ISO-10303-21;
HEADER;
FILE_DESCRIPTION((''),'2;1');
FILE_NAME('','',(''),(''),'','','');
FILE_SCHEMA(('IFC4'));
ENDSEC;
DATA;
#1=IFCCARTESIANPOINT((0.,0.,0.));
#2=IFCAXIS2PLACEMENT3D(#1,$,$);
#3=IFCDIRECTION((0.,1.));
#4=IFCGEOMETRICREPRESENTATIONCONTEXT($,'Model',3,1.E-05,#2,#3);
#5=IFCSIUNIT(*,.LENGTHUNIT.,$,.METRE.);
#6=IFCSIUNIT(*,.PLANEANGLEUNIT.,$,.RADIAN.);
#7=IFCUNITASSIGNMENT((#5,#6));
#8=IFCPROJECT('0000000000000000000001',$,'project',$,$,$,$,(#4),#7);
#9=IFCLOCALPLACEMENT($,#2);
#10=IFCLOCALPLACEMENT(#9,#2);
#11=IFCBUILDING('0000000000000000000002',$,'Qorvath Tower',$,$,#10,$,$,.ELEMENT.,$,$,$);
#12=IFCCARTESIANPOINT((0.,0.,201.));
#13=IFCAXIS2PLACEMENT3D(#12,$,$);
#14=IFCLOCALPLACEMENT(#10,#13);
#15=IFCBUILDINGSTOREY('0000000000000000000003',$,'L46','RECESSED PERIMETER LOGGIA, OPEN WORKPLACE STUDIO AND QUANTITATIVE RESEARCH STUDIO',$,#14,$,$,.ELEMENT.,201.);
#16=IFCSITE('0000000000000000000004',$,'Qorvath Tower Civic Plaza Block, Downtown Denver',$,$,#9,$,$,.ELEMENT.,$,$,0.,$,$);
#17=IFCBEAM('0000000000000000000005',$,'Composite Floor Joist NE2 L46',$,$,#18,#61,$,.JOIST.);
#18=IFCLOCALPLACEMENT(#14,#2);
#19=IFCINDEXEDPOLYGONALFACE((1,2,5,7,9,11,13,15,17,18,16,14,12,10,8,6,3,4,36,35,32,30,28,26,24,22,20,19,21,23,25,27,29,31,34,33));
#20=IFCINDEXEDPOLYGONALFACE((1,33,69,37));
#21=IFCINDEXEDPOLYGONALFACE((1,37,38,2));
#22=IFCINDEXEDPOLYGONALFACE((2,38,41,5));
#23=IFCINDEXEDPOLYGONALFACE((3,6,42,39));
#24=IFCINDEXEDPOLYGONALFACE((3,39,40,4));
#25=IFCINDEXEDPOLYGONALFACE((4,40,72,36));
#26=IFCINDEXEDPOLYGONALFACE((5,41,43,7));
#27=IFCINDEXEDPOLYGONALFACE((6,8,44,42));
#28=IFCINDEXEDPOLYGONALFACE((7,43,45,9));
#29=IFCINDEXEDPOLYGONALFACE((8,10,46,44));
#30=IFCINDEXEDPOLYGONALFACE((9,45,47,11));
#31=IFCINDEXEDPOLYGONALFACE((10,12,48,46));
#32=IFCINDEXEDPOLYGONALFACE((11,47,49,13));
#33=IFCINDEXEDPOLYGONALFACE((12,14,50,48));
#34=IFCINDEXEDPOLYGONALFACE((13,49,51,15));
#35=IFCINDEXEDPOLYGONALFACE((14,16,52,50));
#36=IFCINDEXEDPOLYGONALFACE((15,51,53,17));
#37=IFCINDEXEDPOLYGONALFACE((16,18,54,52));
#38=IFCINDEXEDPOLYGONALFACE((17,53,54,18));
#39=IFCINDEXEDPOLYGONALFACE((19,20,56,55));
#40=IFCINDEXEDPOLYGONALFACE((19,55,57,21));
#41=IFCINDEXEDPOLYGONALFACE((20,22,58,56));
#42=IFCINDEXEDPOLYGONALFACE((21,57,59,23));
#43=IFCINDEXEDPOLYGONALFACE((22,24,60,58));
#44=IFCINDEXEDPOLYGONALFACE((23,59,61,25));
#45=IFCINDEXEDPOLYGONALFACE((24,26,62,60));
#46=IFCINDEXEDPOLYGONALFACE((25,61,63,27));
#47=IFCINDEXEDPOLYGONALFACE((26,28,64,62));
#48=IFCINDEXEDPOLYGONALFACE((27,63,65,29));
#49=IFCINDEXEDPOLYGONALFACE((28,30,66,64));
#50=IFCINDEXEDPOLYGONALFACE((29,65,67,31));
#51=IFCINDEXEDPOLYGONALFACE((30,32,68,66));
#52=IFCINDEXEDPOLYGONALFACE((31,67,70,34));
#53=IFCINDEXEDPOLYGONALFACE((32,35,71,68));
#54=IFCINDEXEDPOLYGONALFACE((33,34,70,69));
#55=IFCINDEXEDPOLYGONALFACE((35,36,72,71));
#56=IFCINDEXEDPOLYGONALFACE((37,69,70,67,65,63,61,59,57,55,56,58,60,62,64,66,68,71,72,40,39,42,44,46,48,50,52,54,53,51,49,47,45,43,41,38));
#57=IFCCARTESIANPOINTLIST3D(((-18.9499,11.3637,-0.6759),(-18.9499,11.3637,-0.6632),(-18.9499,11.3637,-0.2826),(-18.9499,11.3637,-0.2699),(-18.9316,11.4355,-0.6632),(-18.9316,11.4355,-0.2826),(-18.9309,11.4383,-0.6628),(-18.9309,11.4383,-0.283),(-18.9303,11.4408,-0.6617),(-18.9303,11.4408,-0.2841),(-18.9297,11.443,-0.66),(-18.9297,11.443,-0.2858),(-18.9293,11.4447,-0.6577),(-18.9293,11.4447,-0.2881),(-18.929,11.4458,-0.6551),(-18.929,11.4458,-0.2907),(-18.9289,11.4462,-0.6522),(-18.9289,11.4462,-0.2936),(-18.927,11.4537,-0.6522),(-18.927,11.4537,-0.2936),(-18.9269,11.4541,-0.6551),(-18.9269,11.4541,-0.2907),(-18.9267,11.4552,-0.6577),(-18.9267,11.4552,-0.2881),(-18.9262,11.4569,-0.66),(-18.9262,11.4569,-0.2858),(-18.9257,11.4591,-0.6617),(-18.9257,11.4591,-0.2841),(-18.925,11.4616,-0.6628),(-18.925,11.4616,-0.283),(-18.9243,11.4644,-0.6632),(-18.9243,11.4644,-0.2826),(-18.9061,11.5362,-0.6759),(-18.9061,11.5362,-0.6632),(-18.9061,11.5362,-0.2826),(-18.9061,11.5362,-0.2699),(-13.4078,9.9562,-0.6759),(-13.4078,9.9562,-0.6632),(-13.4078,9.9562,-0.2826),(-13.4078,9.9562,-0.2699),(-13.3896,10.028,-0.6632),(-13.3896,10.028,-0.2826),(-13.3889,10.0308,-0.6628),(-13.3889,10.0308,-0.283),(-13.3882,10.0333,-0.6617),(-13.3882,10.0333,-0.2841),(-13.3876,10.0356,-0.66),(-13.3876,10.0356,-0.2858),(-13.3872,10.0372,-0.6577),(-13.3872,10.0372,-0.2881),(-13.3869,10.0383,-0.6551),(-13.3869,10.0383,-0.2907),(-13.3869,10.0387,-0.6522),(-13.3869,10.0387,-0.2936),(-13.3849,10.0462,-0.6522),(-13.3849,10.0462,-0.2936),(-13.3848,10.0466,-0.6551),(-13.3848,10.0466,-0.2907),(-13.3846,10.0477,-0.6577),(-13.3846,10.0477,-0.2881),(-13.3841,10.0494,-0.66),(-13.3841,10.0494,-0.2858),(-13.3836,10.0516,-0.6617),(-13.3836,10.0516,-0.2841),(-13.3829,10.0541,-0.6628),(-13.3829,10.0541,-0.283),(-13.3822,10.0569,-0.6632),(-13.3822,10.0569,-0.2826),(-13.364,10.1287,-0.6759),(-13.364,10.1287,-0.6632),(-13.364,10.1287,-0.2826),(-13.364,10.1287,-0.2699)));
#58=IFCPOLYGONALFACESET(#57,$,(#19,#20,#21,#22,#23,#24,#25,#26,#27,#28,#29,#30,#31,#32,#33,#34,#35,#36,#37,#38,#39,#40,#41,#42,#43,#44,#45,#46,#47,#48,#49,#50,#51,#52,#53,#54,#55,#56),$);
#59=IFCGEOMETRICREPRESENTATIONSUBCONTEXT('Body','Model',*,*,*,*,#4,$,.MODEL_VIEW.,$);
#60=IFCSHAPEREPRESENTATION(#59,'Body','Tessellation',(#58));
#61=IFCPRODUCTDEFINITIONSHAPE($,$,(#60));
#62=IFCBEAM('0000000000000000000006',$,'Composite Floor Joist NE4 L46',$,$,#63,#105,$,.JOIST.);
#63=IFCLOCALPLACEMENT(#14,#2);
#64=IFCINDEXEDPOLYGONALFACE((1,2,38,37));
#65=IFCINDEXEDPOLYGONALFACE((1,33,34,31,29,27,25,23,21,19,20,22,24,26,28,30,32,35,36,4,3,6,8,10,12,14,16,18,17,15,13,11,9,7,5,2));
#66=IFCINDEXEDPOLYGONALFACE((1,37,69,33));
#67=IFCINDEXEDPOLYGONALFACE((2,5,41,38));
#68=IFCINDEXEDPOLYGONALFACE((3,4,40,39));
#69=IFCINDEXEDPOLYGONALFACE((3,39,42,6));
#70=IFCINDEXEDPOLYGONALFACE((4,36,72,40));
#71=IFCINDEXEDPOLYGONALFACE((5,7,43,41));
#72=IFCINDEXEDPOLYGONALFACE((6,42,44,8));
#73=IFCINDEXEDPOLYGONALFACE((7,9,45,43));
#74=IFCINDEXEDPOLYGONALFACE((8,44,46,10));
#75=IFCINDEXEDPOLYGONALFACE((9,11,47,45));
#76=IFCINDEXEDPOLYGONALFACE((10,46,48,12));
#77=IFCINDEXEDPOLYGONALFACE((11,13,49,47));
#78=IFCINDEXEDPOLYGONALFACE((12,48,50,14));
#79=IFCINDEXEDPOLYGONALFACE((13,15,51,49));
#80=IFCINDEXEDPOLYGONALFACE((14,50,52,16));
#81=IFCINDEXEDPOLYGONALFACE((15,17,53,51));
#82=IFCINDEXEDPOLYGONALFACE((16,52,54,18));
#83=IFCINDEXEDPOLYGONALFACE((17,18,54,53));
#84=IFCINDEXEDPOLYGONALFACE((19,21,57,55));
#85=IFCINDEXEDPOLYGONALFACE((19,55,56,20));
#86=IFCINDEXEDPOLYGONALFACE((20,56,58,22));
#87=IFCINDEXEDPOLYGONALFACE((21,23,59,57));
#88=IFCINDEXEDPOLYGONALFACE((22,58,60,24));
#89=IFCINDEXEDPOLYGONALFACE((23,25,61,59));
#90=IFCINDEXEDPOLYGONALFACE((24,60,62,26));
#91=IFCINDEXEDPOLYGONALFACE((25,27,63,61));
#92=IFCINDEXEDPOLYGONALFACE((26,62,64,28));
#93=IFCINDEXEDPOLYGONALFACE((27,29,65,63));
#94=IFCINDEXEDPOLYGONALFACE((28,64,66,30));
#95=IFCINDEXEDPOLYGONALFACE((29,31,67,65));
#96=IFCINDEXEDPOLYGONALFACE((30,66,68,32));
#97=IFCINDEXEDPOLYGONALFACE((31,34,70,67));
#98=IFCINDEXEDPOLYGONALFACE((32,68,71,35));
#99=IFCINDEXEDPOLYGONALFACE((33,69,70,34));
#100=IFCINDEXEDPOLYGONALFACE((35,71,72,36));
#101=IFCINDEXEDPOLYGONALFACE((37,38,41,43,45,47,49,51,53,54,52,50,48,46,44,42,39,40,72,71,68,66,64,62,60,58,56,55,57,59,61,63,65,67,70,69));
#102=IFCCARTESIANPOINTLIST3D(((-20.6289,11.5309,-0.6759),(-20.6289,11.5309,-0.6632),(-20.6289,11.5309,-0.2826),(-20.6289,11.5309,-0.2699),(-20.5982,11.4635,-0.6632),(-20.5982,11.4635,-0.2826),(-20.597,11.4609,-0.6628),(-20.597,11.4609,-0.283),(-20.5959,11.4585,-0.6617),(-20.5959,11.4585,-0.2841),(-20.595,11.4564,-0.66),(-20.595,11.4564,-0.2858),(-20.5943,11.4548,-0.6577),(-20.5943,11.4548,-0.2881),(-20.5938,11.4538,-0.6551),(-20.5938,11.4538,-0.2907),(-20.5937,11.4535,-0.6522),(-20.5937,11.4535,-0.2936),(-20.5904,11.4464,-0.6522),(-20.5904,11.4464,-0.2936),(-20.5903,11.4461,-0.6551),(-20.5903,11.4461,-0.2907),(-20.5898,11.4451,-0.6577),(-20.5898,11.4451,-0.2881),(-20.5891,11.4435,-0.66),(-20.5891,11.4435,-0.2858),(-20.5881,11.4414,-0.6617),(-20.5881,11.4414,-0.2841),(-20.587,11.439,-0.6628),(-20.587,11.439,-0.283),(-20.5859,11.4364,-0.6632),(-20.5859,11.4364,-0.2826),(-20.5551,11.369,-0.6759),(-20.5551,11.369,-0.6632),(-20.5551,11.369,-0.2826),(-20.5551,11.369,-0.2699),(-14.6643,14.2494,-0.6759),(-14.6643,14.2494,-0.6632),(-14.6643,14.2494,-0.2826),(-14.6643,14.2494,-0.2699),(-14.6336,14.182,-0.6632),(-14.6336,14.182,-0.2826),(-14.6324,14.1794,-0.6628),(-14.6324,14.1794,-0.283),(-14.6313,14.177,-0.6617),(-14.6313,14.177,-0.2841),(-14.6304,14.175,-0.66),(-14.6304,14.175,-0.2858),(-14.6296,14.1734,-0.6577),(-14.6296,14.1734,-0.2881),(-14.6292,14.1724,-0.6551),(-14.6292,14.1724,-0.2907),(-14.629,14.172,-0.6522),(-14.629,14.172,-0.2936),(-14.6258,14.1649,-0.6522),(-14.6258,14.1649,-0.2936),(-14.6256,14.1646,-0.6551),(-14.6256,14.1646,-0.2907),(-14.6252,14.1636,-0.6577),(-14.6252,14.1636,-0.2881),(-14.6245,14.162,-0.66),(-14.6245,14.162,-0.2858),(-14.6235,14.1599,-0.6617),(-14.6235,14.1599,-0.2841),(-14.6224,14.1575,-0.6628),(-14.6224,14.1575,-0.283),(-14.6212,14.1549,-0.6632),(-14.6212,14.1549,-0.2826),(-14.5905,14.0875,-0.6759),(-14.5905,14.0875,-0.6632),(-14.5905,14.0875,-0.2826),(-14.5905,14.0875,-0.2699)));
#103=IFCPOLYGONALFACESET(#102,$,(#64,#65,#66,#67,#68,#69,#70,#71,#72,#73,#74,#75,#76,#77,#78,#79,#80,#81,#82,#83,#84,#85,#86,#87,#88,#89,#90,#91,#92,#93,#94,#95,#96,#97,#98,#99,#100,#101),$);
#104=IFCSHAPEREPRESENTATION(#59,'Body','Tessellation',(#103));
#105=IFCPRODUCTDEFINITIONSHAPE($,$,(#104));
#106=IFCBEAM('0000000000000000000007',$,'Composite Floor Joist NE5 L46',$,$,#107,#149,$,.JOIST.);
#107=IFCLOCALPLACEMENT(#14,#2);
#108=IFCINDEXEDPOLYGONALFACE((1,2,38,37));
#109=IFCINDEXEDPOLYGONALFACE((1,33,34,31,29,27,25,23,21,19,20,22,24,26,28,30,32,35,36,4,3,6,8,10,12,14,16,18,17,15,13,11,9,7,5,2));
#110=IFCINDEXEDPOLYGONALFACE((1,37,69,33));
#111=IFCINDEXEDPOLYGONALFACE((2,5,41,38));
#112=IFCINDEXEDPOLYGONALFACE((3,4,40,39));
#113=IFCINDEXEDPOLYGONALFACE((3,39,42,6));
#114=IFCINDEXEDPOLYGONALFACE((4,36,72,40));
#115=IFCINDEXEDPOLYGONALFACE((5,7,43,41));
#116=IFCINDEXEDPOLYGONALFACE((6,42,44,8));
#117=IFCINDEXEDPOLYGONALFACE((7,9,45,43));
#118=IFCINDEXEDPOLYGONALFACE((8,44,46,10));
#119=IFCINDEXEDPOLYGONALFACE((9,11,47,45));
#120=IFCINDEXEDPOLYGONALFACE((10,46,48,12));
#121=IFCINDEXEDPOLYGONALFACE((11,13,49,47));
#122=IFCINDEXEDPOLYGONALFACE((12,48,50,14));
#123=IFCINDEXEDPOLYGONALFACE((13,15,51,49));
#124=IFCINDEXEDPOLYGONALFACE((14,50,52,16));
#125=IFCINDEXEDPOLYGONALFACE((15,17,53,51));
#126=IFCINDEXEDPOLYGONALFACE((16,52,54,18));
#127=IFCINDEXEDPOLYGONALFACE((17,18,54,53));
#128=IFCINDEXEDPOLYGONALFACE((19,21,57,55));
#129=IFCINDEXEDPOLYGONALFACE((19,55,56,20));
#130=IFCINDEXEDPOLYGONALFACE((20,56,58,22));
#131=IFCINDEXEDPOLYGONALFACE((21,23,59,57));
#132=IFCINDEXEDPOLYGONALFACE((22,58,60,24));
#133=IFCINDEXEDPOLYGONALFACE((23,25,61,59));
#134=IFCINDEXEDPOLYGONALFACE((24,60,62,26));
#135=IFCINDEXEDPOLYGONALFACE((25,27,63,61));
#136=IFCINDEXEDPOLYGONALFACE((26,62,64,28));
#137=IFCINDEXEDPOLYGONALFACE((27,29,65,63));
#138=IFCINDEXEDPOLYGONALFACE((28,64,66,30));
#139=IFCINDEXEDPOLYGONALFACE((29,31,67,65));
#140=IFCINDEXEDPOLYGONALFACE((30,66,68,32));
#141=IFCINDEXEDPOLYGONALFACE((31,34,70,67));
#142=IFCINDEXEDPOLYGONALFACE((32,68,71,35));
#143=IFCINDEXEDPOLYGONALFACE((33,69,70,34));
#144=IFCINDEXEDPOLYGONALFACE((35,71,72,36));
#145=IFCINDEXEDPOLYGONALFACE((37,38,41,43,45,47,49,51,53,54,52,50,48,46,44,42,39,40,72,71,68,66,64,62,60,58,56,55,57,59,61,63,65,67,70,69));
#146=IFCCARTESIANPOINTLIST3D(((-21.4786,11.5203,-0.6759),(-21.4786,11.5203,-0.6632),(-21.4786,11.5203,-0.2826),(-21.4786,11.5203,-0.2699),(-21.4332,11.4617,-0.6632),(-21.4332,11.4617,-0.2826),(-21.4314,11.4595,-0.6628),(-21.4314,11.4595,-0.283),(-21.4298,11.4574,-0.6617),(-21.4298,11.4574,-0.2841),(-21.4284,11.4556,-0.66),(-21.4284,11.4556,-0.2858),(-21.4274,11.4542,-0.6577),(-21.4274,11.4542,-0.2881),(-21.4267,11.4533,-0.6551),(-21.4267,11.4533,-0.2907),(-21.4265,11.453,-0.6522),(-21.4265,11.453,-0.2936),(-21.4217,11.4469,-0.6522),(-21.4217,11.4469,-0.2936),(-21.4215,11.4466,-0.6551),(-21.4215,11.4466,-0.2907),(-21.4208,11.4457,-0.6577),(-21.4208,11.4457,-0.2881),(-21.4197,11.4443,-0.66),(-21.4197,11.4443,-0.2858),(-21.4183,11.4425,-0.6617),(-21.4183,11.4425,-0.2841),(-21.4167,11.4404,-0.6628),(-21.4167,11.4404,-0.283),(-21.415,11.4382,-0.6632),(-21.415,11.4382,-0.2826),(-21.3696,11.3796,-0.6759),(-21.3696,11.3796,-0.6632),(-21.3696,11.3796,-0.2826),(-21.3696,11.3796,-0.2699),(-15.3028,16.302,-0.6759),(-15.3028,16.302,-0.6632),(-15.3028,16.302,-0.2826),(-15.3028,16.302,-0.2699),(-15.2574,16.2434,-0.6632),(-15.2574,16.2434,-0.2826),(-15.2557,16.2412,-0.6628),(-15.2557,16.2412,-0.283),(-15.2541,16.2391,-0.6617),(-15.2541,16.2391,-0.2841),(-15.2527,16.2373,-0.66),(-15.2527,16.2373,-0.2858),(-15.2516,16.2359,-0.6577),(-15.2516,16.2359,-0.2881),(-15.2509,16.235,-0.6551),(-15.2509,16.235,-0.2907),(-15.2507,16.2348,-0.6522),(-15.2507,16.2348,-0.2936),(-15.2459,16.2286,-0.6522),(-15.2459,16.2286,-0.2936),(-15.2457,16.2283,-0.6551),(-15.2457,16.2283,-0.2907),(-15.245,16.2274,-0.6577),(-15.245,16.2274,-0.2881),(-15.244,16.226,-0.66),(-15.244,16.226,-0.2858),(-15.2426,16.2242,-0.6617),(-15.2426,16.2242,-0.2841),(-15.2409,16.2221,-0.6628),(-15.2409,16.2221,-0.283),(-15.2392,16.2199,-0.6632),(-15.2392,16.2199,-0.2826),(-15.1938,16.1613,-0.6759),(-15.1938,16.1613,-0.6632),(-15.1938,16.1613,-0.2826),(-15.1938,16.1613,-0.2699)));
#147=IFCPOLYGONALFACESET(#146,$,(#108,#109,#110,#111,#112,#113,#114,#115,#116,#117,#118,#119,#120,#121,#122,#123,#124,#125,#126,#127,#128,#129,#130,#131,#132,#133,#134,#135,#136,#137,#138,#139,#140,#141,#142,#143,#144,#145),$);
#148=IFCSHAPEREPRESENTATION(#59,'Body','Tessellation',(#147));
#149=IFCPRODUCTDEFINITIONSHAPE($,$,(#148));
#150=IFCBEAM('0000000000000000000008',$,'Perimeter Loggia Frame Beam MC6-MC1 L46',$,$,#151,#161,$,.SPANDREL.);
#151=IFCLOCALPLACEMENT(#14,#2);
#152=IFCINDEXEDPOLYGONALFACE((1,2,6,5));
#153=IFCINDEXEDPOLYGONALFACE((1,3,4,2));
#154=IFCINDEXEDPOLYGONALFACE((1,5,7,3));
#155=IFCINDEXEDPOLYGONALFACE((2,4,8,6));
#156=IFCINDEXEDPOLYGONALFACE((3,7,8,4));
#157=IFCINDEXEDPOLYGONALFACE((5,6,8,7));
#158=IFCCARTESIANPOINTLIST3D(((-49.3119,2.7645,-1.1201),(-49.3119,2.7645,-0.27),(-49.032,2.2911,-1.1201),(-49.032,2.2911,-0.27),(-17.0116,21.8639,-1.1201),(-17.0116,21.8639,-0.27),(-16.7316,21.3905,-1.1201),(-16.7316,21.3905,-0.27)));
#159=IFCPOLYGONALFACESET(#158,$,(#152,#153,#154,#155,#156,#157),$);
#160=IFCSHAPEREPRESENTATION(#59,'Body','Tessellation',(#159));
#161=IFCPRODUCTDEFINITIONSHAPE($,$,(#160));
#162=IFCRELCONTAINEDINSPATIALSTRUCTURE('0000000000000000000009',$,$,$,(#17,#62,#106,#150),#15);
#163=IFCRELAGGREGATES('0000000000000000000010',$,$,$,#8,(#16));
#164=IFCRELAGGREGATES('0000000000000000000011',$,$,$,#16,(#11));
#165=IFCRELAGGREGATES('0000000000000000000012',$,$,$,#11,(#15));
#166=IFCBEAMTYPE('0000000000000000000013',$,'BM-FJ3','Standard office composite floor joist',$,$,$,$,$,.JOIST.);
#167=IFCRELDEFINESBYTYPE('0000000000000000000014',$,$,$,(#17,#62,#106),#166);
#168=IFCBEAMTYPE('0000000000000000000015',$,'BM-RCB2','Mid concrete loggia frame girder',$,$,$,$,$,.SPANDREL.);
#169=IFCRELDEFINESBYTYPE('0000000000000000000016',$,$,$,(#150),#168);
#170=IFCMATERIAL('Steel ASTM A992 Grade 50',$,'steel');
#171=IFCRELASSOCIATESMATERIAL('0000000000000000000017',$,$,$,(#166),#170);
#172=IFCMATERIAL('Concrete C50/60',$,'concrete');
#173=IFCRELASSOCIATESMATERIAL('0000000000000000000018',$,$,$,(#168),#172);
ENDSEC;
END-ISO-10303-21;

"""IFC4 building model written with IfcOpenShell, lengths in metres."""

from ifc_helpers import new_model, si_unit, direction, frame, origin, origin_2d, place, context, subcontext, project, spatial, rectangle, i_section, extrude, material, material_profile, profile_set, type_object, element, save


model = new_model("IFC4")

# Units and contexts
model_context = context("Model", 3, precision=1e-05, world=origin(), true_north=direction((0.0, 1.0)))
body_context = subcontext(model_context, "Body", "Model", "MODEL_VIEW")
ifc_project = project(units=[si_unit("LENGTHUNIT", "METRE"), si_unit("PLANEANGLEUNIT", "RADIAN")], contexts=[model_context])

# Site, building, storey
site_placement = place(None, origin())
site = spatial("IfcSite", under=ifc_project, at=site_placement, Name="Qorvath Tower Civic Plaza Block, Downtown Denver", CompositionType="ELEMENT", RefElevation=0.0)
building_placement = place(site_placement, origin())
building = spatial("IfcBuilding", under=site, at=building_placement, Name="Qorvath Tower", CompositionType="ELEMENT")
storey_placement = place(building_placement, frame((0.0, 0.0, 201.0)))
storey = spatial("IfcBuildingStorey", under=building, at=storey_placement, Name="L46", Description="RECESSED PERIMETER LOGGIA, OPEN WORKPLACE STUDIO AND QUANTITATIVE RESEARCH STUDIO", CompositionType="ELEMENT", Elevation=201.0)

# Beams
ifc_material_1 = material(Name="Steel ASTM A992 Grade 50", Category="steel")
ifc_material_profile_1 = material_profile(ifc_material_1, i_section(OverallWidth=0.178, OverallDepth=0.406, WebThickness=0.0078, FlangeThickness=0.0127, FilletRadius=0.011, at=origin_2d()), Name="W16x40")
ifc_profile_set_1 = profile_set([ifc_material_profile_1], Name="Steel ASTM A992 Grade 50")
beam_type_1 = type_object("IfcBeamType", Name="BM-FJ3", Description="Standard office composite floor joist", PredefinedType="JOIST", material=ifc_profile_set_1)
beam_1_placement = place(storey_placement, frame((-18.928, 11.45, -0.4729), z_axis=(0.969232, -0.246151, 0.0), x_axis=(0.246151, 0.969232, 0.0)))
element("IfcBeam", 1, at=beam_1_placement, inside=storey, type_object=beam_type_1, Name="Composite Floor Joist NE2 L46", PredefinedType="JOIST", context=body_context, shape_type="SweptSolid", body=[
    extrude(i_section(OverallWidth=0.178, OverallDepth=0.406, WebThickness=0.0078, FlangeThickness=0.0127, FilletRadius=0.011, at=origin_2d()), origin(), (0.0, 0.0, 1.0), 5.718),
])
beam_2_placement = place(storey_placement, frame((-20.592, 11.45, -0.4729), z_axis=(0.909945, 0.414729, 0.0), x_axis=(-0.414729, 0.909945, 0.0)))
element("IfcBeam", 2, at=beam_2_placement, inside=storey, type_object=beam_type_1, Name="Composite Floor Joist NE4 L46", PredefinedType="JOIST", context=body_context, shape_type="SweptSolid", body=[
    extrude(i_section(OverallWidth=0.178, OverallDepth=0.406, WebThickness=0.0078, FlangeThickness=0.0127, FilletRadius=0.011, at=origin_2d()), origin(), (0.0, 0.0, 1.0), 6.5549),
])
beam_3_placement = place(storey_placement, frame((-21.4241, 11.45, -0.4729), z_axis=(0.790693, 0.612212, 0.0), x_axis=(-0.612212, 0.790693, 0.0)))
element("IfcBeam", 3, at=beam_3_placement, inside=storey, type_object=beam_type_1, Name="Composite Floor Joist NE5 L46", PredefinedType="JOIST", context=body_context, shape_type="SweptSolid", body=[
    extrude(i_section(OverallWidth=0.178, OverallDepth=0.406, WebThickness=0.0078, FlangeThickness=0.0127, FilletRadius=0.011, at=origin_2d()), origin(), (0.0, 0.0, 1.0), 7.8105),
])
ifc_material_2 = material(Name="Concrete C50/60", Category="concrete")
ifc_material_profile_2 = material_profile(ifc_material_2, rectangle(XDim=0.55, YDim=0.8501, at=origin_2d()), Name="RCB 850x550")
ifc_profile_set_2 = profile_set([ifc_material_profile_2], Name="Concrete C50/60")
beam_type_2 = type_object("IfcBeamType", Name="BM-RCB2", Description="Mid concrete loggia frame girder", PredefinedType="SPANDREL", material=ifc_profile_set_2)
beam_4_placement = place(storey_placement, frame((-16.8716, 21.6272, -0.6951), z_axis=(-0.860777, -0.508983, 0.0), x_axis=(0.508983, -0.860777, 0.0)))
element("IfcBeam", 4, at=beam_4_placement, inside=storey, type_object=beam_type_2, Name="Perimeter Loggia Frame Beam MC6-MC1 L46", PredefinedType="SPANDREL", context=body_context, shape_type="SweptSolid", body=[
    extrude(rectangle(XDim=0.55, YDim=0.8501, at=origin_2d()), origin(), (0.0, 0.0, 1.0), 37.5247),
])

save(model, "model.ifc")
